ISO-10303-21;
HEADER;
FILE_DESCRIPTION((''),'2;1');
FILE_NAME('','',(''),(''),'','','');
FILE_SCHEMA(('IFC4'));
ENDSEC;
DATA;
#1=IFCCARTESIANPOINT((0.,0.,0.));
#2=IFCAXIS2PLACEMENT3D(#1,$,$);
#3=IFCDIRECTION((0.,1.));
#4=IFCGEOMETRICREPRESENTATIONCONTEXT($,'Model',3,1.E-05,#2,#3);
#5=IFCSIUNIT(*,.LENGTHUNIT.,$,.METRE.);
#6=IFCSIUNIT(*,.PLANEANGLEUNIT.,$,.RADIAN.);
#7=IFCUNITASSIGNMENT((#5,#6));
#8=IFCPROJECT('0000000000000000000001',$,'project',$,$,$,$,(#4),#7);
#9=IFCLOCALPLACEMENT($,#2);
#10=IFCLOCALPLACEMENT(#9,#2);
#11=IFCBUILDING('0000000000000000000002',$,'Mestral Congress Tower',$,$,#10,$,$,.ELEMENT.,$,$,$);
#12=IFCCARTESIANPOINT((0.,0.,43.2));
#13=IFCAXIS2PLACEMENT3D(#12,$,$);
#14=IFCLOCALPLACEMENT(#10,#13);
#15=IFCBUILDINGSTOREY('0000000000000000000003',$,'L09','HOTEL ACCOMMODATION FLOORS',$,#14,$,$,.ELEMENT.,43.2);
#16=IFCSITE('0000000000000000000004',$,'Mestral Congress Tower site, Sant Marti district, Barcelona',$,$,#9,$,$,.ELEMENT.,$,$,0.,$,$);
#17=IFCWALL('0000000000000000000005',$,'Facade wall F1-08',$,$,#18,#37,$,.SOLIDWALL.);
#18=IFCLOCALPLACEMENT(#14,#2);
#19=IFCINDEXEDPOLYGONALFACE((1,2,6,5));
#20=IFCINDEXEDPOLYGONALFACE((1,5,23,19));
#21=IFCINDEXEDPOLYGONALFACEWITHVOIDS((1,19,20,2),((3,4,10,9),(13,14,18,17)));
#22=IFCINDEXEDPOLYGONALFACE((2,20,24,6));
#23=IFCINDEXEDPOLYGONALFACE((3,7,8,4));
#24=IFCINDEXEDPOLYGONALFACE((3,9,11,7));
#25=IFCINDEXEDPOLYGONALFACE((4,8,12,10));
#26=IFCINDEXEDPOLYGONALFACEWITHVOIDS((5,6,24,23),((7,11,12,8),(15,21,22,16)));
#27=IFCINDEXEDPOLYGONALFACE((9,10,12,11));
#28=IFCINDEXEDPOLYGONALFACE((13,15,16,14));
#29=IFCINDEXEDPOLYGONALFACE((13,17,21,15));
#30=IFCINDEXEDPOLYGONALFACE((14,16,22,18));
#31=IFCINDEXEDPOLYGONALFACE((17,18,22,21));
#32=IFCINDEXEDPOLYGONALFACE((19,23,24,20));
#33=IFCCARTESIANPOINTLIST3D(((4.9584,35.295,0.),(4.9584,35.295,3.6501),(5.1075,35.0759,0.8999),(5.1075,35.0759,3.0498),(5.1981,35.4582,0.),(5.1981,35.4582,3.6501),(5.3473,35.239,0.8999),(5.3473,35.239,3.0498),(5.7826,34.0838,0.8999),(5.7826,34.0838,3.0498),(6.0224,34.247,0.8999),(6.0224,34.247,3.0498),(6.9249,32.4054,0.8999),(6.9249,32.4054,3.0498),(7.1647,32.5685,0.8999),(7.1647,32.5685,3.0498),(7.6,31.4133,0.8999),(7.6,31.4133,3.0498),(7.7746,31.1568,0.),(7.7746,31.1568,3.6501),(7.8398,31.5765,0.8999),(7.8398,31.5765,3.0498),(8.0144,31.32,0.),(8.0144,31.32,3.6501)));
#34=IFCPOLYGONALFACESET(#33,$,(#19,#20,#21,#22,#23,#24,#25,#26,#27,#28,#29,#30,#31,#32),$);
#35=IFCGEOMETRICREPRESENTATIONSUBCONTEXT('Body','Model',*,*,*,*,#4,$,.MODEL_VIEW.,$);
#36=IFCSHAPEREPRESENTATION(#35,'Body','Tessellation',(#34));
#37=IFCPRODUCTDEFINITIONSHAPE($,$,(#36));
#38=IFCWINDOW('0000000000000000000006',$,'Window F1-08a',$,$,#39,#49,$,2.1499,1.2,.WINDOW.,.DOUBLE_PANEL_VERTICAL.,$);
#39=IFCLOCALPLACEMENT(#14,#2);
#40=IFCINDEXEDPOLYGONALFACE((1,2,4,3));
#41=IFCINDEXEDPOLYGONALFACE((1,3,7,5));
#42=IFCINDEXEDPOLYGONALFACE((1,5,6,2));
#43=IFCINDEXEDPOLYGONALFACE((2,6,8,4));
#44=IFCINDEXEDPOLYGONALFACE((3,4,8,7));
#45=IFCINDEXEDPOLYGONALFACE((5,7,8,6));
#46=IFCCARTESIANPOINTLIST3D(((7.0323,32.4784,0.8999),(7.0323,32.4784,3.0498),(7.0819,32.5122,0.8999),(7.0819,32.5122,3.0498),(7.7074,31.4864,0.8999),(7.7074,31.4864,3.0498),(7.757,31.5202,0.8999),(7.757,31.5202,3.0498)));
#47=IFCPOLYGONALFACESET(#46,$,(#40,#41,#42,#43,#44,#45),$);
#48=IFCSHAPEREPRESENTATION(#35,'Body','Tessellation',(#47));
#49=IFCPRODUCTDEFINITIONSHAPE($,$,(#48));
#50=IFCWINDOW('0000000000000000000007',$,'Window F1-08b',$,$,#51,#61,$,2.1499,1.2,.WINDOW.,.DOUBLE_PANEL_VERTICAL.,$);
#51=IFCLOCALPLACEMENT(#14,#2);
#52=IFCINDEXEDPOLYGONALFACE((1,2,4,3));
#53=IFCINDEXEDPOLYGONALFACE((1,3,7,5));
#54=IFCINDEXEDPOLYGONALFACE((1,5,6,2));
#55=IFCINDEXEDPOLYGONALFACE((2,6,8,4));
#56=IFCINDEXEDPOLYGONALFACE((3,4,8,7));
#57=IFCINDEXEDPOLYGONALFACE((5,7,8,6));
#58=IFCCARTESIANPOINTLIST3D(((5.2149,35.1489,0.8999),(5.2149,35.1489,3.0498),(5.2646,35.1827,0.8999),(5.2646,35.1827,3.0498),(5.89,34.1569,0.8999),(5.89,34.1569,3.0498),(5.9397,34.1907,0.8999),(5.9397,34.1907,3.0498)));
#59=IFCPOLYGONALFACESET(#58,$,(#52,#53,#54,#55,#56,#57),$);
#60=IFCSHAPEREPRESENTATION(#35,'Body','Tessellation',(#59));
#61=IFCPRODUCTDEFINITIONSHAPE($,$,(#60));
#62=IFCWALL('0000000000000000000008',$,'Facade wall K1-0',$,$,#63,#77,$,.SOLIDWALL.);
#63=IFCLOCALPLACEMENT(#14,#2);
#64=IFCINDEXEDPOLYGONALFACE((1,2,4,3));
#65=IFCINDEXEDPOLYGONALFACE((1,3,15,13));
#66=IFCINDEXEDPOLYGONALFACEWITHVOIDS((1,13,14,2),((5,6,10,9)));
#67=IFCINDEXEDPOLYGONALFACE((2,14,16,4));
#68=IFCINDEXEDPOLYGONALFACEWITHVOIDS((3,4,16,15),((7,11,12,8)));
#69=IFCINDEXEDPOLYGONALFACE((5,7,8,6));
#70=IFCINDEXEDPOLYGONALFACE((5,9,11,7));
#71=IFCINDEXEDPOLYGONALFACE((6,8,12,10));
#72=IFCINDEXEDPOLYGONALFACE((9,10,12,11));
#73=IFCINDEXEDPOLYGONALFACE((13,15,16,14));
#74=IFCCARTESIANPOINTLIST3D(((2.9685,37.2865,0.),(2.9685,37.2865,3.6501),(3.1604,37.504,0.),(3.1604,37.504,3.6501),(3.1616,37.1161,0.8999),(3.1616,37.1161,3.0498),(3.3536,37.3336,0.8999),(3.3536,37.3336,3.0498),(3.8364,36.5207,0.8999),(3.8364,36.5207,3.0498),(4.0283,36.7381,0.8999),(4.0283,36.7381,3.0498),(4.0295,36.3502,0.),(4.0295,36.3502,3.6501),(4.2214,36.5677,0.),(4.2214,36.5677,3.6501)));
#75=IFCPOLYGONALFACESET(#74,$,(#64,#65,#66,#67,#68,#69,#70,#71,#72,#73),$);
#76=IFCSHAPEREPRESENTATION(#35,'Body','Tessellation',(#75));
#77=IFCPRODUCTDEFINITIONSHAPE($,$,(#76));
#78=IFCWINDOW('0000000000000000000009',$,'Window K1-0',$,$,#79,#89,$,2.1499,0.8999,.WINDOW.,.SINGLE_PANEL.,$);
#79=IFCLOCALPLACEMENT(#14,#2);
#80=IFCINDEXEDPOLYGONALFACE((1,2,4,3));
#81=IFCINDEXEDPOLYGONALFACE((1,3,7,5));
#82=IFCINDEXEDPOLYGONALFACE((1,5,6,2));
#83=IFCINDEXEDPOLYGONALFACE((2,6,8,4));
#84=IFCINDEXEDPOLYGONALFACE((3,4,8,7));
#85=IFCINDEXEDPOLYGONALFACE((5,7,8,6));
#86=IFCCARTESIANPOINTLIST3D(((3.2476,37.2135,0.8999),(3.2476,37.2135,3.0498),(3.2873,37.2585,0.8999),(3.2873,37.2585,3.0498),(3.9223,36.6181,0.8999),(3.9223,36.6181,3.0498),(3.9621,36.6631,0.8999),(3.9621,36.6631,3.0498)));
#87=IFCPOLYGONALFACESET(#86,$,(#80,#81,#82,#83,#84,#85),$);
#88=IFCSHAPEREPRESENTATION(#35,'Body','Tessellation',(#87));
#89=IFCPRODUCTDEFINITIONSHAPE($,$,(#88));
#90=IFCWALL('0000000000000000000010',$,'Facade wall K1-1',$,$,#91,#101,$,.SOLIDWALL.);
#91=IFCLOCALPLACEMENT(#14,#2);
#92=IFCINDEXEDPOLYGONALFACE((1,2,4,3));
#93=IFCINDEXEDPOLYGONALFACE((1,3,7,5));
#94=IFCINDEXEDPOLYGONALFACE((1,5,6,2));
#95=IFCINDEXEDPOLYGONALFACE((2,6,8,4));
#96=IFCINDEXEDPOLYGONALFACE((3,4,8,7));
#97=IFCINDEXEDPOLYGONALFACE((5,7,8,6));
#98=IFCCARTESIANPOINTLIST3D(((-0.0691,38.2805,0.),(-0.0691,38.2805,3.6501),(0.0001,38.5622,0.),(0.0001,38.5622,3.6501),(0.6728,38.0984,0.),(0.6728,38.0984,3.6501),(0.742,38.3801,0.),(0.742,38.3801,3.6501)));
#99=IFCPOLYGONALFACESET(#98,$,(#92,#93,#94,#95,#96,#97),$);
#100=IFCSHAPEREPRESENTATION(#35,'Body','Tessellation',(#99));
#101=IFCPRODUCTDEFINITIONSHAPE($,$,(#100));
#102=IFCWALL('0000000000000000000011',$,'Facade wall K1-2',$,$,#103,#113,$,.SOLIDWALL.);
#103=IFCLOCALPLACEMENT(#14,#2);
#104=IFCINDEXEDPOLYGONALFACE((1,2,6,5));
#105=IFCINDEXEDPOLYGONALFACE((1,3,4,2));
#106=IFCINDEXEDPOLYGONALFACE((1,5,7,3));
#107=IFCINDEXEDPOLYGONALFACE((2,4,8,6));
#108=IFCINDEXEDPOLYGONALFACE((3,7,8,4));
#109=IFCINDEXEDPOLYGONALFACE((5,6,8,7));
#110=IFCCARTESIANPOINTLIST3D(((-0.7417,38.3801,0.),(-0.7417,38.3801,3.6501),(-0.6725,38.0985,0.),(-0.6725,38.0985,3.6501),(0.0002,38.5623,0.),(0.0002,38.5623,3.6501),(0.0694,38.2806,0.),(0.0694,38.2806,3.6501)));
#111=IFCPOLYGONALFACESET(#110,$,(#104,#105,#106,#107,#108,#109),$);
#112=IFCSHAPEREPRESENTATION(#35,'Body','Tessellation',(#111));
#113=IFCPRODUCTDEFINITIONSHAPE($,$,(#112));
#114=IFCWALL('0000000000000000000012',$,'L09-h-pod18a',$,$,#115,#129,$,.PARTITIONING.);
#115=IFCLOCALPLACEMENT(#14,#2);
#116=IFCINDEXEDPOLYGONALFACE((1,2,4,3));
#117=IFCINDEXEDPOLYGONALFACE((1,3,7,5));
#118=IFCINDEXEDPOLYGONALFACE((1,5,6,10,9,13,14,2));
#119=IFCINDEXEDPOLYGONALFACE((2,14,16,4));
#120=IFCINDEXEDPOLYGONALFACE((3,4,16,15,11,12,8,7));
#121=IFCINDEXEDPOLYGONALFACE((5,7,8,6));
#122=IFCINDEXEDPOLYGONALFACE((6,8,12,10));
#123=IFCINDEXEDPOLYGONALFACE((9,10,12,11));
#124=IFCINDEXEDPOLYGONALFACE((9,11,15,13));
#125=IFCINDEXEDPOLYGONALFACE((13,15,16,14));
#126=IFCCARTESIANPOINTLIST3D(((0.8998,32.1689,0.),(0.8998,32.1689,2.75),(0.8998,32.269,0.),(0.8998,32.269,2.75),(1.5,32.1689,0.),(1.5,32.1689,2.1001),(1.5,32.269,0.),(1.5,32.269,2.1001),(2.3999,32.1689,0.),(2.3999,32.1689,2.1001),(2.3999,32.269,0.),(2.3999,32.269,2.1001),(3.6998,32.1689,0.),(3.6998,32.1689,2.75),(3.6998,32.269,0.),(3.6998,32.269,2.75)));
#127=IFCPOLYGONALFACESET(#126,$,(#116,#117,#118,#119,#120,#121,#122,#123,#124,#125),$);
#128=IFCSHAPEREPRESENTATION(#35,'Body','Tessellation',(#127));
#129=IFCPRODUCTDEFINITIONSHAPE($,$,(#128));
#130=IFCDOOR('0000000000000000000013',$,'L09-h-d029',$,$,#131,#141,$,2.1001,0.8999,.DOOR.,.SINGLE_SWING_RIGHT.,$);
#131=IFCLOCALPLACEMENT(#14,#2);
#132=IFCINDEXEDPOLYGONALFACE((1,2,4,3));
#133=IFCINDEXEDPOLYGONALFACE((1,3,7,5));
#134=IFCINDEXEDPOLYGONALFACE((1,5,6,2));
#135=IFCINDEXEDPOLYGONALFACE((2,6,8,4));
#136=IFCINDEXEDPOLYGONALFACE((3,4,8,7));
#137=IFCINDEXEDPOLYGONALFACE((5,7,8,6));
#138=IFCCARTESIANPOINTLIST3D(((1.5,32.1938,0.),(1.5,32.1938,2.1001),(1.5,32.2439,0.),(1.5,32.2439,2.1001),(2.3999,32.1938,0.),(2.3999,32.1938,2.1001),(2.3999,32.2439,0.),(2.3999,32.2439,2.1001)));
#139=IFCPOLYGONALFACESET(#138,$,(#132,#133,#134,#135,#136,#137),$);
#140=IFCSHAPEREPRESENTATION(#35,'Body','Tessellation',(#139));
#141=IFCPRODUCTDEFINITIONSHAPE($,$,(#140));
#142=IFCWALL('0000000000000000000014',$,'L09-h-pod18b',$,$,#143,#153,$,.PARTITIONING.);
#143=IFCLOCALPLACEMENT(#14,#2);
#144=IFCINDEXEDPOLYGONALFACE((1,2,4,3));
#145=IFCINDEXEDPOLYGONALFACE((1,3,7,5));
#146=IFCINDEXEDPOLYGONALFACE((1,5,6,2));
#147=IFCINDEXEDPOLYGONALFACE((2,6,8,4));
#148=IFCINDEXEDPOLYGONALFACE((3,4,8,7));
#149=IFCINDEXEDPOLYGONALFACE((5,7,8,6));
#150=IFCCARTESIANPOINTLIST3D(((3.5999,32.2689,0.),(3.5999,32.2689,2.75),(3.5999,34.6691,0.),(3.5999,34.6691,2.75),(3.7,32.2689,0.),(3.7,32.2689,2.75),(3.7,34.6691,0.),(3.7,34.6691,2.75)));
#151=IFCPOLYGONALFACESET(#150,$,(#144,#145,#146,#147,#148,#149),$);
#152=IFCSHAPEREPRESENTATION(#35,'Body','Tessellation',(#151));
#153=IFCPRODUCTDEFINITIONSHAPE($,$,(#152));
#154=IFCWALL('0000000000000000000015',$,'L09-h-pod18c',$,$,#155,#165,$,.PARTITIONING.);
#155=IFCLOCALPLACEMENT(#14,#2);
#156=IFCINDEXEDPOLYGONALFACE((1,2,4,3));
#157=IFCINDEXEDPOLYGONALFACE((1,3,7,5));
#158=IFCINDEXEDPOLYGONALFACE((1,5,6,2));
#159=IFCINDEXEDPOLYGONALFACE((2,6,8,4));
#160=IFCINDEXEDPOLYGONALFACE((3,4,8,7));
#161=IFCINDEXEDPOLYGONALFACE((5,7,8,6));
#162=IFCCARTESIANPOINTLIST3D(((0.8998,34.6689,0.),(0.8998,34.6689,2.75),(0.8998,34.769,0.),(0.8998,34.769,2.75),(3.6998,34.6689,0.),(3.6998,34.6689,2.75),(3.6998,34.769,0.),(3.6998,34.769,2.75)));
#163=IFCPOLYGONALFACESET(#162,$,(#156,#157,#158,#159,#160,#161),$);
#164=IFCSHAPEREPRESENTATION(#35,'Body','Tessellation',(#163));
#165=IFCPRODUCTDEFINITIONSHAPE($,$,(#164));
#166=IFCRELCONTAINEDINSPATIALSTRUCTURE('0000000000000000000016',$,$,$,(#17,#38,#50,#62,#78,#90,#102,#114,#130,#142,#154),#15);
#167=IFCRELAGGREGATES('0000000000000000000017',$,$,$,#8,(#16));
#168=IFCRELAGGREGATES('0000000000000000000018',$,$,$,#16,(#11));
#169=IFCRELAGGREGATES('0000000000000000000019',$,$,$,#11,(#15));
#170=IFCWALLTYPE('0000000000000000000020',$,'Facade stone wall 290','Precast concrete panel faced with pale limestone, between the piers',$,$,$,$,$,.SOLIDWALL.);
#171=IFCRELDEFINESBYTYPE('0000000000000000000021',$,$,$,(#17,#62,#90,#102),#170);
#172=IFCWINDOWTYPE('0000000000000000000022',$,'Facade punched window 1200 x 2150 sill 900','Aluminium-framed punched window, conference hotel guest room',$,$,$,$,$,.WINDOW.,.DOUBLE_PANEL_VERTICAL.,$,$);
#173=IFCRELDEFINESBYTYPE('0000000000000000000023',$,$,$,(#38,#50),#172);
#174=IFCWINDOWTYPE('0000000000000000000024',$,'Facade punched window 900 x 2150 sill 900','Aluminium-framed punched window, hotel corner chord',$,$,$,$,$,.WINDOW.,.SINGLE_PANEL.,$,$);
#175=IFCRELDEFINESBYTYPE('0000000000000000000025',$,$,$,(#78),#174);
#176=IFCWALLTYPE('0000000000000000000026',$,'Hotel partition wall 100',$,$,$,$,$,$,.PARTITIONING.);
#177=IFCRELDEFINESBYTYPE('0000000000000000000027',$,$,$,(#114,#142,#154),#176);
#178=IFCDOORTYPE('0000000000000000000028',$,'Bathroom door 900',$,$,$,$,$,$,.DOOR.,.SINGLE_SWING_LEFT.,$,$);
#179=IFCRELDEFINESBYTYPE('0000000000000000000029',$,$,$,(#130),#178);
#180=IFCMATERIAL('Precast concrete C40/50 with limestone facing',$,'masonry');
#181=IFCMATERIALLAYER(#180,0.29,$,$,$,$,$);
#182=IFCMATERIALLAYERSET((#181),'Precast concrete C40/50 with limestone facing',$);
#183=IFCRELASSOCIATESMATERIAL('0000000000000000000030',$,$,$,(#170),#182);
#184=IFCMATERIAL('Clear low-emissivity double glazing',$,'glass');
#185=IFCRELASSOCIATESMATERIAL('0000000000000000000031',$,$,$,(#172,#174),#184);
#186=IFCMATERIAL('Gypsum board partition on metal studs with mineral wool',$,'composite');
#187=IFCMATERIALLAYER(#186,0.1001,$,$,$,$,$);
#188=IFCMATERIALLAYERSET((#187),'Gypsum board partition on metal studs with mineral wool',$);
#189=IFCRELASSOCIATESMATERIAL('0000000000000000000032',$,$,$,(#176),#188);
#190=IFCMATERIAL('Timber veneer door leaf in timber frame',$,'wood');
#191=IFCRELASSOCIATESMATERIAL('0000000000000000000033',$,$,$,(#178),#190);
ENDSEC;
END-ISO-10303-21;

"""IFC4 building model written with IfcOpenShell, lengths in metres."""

from ifc_helpers import new_model, si_unit, direction, frame, frame_2d, origin, place, context, subcontext, project, spatial, rectangle, extrude, material, layer, layer_set, type_object, element, fill, save


model = new_model("IFC4")

# Units and contexts
model_context = context("Model", 3, precision=1e-05, world=origin(), true_north=direction((0.0, 1.0)))
body_context = subcontext(model_context, "Body", "Model", "MODEL_VIEW")
ifc_project = project(units=[si_unit("LENGTHUNIT", "METRE"), si_unit("PLANEANGLEUNIT", "RADIAN")], contexts=[model_context])

# Site, building, storey
site_placement = place(None, origin())
site = spatial("IfcSite", under=ifc_project, at=site_placement, Name="Mestral Congress Tower site, Sant Marti district, Barcelona", CompositionType="ELEMENT", RefElevation=0.0)
building_placement = place(site_placement, origin())
building = spatial("IfcBuilding", under=site, at=building_placement, Name="Mestral Congress Tower", CompositionType="ELEMENT")
storey_placement = place(building_placement, frame((0.0, 0.0, 43.2)))
storey = spatial("IfcBuildingStorey", under=building, at=storey_placement, Name="L09", Description="HOTEL ACCOMMODATION FLOORS", CompositionType="ELEMENT", Elevation=43.2)

# Wall, openings, windows
ifc_material_1 = material(Name="Precast concrete C40/50 with limestone facing", Category="masonry")
ifc_layer_1 = layer(ifc_material_1, 0.29)
ifc_layer_set_1 = layer_set([ifc_layer_1], Name="Precast concrete C40/50 with limestone facing")
wall_type_1 = type_object("IfcWallType", Name="Facade stone wall 290", Description="Precast concrete panel faced with pale limestone, between the piers", PredefinedType="SOLIDWALL", material=ifc_layer_set_1)
wall_1_placement = place(storey_placement, frame((7.8945, 31.2383, 0.0), z_axis=(0.0, 0.0, 1.0), x_axis=(-0.56261, 0.826722, 0.0)))
wall_1 = element("IfcWall", 1, at=wall_1_placement, inside=storey, type_object=wall_type_1, Name="Facade wall F1-08", PredefinedType="SOLIDWALL", context=body_context, shape_type="SweptSolid", body=[
    extrude(rectangle(XDim=5.0056, YDim=0.29, at=frame_2d((2.5029, 0.0))), origin(), (0.0, 0.0, 1.0), 3.6501),
])
opening_1_placement = place(wall_1_placement, frame((0.3103, 0.0, 0.8999)))
opening_1 = element("IfcOpeningElement", 2, at=opening_1_placement, cuts=wall_1, PredefinedType="OPENING", context=body_context, shape_type="SweptSolid", body=[
    extrude(rectangle(XDim=1.2, YDim=2.1499, at=frame_2d((0.6001, 1.075))), frame((0.0, 0.155, 0.0), z_axis=(0.0, -1.0, 0.0), x_axis=(1.0, 0.0, 0.0)), (0.0, 0.0, 1.0), 0.3101),
])
opening_2_placement = place(wall_1_placement, frame((3.5405, 0.0, 0.8999)))
opening_2 = element("IfcOpeningElement", 3, at=opening_2_placement, cuts=wall_1, PredefinedType="OPENING", context=body_context, shape_type="SweptSolid", body=[
    extrude(rectangle(XDim=1.2, YDim=2.1499, at=frame_2d((0.6001, 1.075))), frame((0.0, 0.155, 0.0), z_axis=(0.0, -1.0, 0.0), x_axis=(1.0, 0.0, 0.0)), (0.0, 0.0, 1.0), 0.3101),
])
ifc_material_2 = material(Name="Clear low-emissivity double glazing", Category="glass")
window_type_1 = type_object("IfcWindowType", Name="Facade punched window 1200 x 2150 sill 900", Description="Aluminium-framed punched window, conference hotel guest room", PartitioningType="DOUBLE_PANEL_VERTICAL", PredefinedType="WINDOW", material=ifc_material_2)
window_1_placement = place(opening_1_placement, origin())
window_1 = element("IfcWindow", 4, at=window_1_placement, inside=storey, type_object=window_type_1, Name="Window F1-08a", OverallHeight=2.1499, OverallWidth=1.2, PartitioningType="DOUBLE_PANEL_VERTICAL", PredefinedType="WINDOW", context=body_context, shape_type="SweptSolid", body=[
    extrude(rectangle(XDim=1.2, YDim=2.1499, at=frame_2d((0.6001, 1.075))), frame((0.0, 0.0151, 0.0), z_axis=(0.0, -1.0, 0.0), x_axis=(1.0, 0.0, 0.0)), (0.0, 0.0, 1.0), 0.0601),
])
fill(opening_1, window_1)
window_2_placement = place(opening_2_placement, origin())
window_2 = element("IfcWindow", 5, at=window_2_placement, inside=storey, type_object=window_type_1, Name="Window F1-08b", OverallHeight=2.1499, OverallWidth=1.2, PartitioningType="DOUBLE_PANEL_VERTICAL", PredefinedType="WINDOW", context=body_context, shape_type="SweptSolid", body=[
    extrude(rectangle(XDim=1.2, YDim=2.1499, at=frame_2d((0.6001, 1.075))), frame((0.0, 0.0151, 0.0), z_axis=(0.0, -1.0, 0.0), x_axis=(1.0, 0.0, 0.0)), (0.0, 0.0, 1.0), 0.0601),
])
fill(opening_2, window_2)

# Wall, opening, window
wall_2_placement = place(storey_placement, frame((4.1255, 36.459, 0.0), z_axis=(0.0, 0.0, 1.0), x_axis=(-0.749813, 0.66165, 0.0)))
wall_2 = element("IfcWall", 6, at=wall_2_placement, inside=storey, type_object=wall_type_1, Name="Facade wall K1-0", PredefinedType="SOLIDWALL", context=body_context, shape_type="SweptSolid", body=[
    extrude(rectangle(XDim=1.415, YDim=0.29, at=frame_2d((0.7075, 0.0))), origin(), (0.0, 0.0, 1.0), 3.6501),
])
opening_3_placement = place(wall_2_placement, frame((0.2576, 0.0, 0.8999)))
opening_3 = element("IfcOpeningElement", 7, at=opening_3_placement, cuts=wall_2, PredefinedType="OPENING", context=body_context, shape_type="SweptSolid", body=[
    extrude(rectangle(XDim=0.8999, YDim=2.1499, at=frame_2d((0.45, 1.075))), frame((0.0, 0.155, 0.0), z_axis=(0.0, -1.0, 0.0), x_axis=(1.0, 0.0, 0.0)), (0.0, 0.0, 1.0), 0.3101),
])
window_type_2 = type_object("IfcWindowType", Name="Facade punched window 900 x 2150 sill 900", Description="Aluminium-framed punched window, hotel corner chord", PartitioningType="SINGLE_PANEL", PredefinedType="WINDOW", material=ifc_material_2)
window_3_placement = place(opening_3_placement, origin())
window_3 = element("IfcWindow", 8, at=window_3_placement, inside=storey, type_object=window_type_2, Name="Window K1-0", OverallHeight=2.1499, OverallWidth=0.8999, PartitioningType="SINGLE_PANEL", PredefinedType="WINDOW", context=body_context, shape_type="SweptSolid", body=[
    extrude(rectangle(XDim=0.8999, YDim=2.1499, at=frame_2d((0.45, 1.075))), frame((0.0, 0.0151, 0.0), z_axis=(0.0, -1.0, 0.0), x_axis=(1.0, 0.0, 0.0)), (0.0, 0.0, 1.0), 0.0601),
])
fill(opening_3, window_3)

# Walls
for number, where, z_axis, x_axis, name in (
    (9, (0.7073, 38.2393, 0.0), (0.0, 0.0, 1.0), (-0.971168, 0.238398, 0.0), "Facade wall K1-1"),
    (10, (0.0347, 38.4214, 0.0), (0.0, 0.0, 1.0), (-0.971168, -0.238398, 0.0), "Facade wall K1-2"),
):
    element("IfcWall", number, at=place(storey_placement, frame(where, z_axis=z_axis, x_axis=x_axis)), inside=storey, type_object=wall_type_1, Name=name, PredefinedType="SOLIDWALL", context=body_context, shape_type="SweptSolid", body=[
        extrude(rectangle(XDim=0.7639, YDim=0.29, at=frame_2d((0.3818, 0.0))), origin(), (0.0, 0.0, 1.0), 3.6501),
    ])

# Wall, opening, door
ifc_material_3 = material(Name="Gypsum board partition on metal studs with mineral wool", Category="composite")
ifc_layer_2 = layer(ifc_material_3, 0.1001)
ifc_layer_set_2 = layer_set([ifc_layer_2], Name="Gypsum board partition on metal studs with mineral wool")
wall_type_2 = type_object("IfcWallType", Name="Hotel partition wall 100", PredefinedType="PARTITIONING", material=ifc_layer_set_2)
wall_3_placement = place(storey_placement, frame((0.8999, 32.219, 0.0), z_axis=(0.0, 0.0, 1.0), x_axis=(1.0, 0.0, 0.0)))
wall_3 = element("IfcWall", 11, at=wall_3_placement, inside=storey, type_object=wall_type_2, Name="L09-h-pod18a", PredefinedType="PARTITIONING", context=body_context, shape_type="SweptSolid", body=[
    extrude(rectangle(XDim=2.8, YDim=0.1001, at=frame_2d((1.3999, 0.0))), origin(), (0.0, 0.0, 1.0), 2.75),
])
opening_4_placement = place(wall_3_placement, frame((0.6001, 0.0, 0.0)))
opening_4 = element("IfcOpeningElement", 12, at=opening_4_placement, cuts=wall_3, PredefinedType="OPENING", context=body_context, shape_type="SweptSolid", body=[
    extrude(rectangle(XDim=0.8999, YDim=2.1001, at=frame_2d((0.45, 1.05))), frame((0.0, 0.0601, 0.0), z_axis=(0.0, -1.0, 0.0), x_axis=(1.0, 0.0, 0.0)), (0.0, 0.0, 1.0), 0.1201),
])
ifc_material_4 = material(Name="Timber veneer door leaf in timber frame", Category="wood")
door_type_1 = type_object("IfcDoorType", Name="Bathroom door 900", OperationType="SINGLE_SWING_LEFT", PredefinedType="DOOR", material=ifc_material_4)
door_1_placement = place(opening_4_placement, origin())
door_1 = element("IfcDoor", 13, at=door_1_placement, inside=storey, type_object=door_type_1, Name="L09-h-d029", OperationType="SINGLE_SWING_RIGHT", OverallHeight=2.1001, OverallWidth=0.8999, PredefinedType="DOOR", context=body_context, shape_type="SweptSolid", body=[
    extrude(rectangle(XDim=0.8999, YDim=2.1001, at=frame_2d((0.45, 1.05))), frame((0.0, 0.0249, 0.0), z_axis=(0.0, -1.0, 0.0), x_axis=(1.0, 0.0, 0.0)), (0.0, 0.0, 1.0), 0.05),
])
fill(opening_4, door_1)

# Walls
wall_4_placement = place(storey_placement, frame((3.6499, 32.2688, 0.0), z_axis=(0.0, 0.0, 1.0), x_axis=(0.0, 1.0, 0.0)))
element("IfcWall", 14, at=wall_4_placement, inside=storey, type_object=wall_type_2, Name="L09-h-pod18b", PredefinedType="PARTITIONING", context=body_context, shape_type="SweptSolid", body=[
    extrude(rectangle(XDim=2.4001, YDim=0.1001, at=frame_2d((1.2002, 0.0))), origin(), (0.0, 0.0, 1.0), 2.75),
])
wall_5_placement = place(storey_placement, frame((0.8999, 34.719, 0.0), z_axis=(0.0, 0.0, 1.0), x_axis=(1.0, 0.0, 0.0)))
element("IfcWall", 15, at=wall_5_placement, inside=storey, type_object=wall_type_2, Name="L09-h-pod18c", PredefinedType="PARTITIONING", context=body_context, shape_type="SweptSolid", body=[
    extrude(rectangle(XDim=2.8, YDim=0.1001, at=frame_2d((1.3999, 0.0))), origin(), (0.0, 0.0, 1.0), 2.75),
])

save(model, "model.ifc")
